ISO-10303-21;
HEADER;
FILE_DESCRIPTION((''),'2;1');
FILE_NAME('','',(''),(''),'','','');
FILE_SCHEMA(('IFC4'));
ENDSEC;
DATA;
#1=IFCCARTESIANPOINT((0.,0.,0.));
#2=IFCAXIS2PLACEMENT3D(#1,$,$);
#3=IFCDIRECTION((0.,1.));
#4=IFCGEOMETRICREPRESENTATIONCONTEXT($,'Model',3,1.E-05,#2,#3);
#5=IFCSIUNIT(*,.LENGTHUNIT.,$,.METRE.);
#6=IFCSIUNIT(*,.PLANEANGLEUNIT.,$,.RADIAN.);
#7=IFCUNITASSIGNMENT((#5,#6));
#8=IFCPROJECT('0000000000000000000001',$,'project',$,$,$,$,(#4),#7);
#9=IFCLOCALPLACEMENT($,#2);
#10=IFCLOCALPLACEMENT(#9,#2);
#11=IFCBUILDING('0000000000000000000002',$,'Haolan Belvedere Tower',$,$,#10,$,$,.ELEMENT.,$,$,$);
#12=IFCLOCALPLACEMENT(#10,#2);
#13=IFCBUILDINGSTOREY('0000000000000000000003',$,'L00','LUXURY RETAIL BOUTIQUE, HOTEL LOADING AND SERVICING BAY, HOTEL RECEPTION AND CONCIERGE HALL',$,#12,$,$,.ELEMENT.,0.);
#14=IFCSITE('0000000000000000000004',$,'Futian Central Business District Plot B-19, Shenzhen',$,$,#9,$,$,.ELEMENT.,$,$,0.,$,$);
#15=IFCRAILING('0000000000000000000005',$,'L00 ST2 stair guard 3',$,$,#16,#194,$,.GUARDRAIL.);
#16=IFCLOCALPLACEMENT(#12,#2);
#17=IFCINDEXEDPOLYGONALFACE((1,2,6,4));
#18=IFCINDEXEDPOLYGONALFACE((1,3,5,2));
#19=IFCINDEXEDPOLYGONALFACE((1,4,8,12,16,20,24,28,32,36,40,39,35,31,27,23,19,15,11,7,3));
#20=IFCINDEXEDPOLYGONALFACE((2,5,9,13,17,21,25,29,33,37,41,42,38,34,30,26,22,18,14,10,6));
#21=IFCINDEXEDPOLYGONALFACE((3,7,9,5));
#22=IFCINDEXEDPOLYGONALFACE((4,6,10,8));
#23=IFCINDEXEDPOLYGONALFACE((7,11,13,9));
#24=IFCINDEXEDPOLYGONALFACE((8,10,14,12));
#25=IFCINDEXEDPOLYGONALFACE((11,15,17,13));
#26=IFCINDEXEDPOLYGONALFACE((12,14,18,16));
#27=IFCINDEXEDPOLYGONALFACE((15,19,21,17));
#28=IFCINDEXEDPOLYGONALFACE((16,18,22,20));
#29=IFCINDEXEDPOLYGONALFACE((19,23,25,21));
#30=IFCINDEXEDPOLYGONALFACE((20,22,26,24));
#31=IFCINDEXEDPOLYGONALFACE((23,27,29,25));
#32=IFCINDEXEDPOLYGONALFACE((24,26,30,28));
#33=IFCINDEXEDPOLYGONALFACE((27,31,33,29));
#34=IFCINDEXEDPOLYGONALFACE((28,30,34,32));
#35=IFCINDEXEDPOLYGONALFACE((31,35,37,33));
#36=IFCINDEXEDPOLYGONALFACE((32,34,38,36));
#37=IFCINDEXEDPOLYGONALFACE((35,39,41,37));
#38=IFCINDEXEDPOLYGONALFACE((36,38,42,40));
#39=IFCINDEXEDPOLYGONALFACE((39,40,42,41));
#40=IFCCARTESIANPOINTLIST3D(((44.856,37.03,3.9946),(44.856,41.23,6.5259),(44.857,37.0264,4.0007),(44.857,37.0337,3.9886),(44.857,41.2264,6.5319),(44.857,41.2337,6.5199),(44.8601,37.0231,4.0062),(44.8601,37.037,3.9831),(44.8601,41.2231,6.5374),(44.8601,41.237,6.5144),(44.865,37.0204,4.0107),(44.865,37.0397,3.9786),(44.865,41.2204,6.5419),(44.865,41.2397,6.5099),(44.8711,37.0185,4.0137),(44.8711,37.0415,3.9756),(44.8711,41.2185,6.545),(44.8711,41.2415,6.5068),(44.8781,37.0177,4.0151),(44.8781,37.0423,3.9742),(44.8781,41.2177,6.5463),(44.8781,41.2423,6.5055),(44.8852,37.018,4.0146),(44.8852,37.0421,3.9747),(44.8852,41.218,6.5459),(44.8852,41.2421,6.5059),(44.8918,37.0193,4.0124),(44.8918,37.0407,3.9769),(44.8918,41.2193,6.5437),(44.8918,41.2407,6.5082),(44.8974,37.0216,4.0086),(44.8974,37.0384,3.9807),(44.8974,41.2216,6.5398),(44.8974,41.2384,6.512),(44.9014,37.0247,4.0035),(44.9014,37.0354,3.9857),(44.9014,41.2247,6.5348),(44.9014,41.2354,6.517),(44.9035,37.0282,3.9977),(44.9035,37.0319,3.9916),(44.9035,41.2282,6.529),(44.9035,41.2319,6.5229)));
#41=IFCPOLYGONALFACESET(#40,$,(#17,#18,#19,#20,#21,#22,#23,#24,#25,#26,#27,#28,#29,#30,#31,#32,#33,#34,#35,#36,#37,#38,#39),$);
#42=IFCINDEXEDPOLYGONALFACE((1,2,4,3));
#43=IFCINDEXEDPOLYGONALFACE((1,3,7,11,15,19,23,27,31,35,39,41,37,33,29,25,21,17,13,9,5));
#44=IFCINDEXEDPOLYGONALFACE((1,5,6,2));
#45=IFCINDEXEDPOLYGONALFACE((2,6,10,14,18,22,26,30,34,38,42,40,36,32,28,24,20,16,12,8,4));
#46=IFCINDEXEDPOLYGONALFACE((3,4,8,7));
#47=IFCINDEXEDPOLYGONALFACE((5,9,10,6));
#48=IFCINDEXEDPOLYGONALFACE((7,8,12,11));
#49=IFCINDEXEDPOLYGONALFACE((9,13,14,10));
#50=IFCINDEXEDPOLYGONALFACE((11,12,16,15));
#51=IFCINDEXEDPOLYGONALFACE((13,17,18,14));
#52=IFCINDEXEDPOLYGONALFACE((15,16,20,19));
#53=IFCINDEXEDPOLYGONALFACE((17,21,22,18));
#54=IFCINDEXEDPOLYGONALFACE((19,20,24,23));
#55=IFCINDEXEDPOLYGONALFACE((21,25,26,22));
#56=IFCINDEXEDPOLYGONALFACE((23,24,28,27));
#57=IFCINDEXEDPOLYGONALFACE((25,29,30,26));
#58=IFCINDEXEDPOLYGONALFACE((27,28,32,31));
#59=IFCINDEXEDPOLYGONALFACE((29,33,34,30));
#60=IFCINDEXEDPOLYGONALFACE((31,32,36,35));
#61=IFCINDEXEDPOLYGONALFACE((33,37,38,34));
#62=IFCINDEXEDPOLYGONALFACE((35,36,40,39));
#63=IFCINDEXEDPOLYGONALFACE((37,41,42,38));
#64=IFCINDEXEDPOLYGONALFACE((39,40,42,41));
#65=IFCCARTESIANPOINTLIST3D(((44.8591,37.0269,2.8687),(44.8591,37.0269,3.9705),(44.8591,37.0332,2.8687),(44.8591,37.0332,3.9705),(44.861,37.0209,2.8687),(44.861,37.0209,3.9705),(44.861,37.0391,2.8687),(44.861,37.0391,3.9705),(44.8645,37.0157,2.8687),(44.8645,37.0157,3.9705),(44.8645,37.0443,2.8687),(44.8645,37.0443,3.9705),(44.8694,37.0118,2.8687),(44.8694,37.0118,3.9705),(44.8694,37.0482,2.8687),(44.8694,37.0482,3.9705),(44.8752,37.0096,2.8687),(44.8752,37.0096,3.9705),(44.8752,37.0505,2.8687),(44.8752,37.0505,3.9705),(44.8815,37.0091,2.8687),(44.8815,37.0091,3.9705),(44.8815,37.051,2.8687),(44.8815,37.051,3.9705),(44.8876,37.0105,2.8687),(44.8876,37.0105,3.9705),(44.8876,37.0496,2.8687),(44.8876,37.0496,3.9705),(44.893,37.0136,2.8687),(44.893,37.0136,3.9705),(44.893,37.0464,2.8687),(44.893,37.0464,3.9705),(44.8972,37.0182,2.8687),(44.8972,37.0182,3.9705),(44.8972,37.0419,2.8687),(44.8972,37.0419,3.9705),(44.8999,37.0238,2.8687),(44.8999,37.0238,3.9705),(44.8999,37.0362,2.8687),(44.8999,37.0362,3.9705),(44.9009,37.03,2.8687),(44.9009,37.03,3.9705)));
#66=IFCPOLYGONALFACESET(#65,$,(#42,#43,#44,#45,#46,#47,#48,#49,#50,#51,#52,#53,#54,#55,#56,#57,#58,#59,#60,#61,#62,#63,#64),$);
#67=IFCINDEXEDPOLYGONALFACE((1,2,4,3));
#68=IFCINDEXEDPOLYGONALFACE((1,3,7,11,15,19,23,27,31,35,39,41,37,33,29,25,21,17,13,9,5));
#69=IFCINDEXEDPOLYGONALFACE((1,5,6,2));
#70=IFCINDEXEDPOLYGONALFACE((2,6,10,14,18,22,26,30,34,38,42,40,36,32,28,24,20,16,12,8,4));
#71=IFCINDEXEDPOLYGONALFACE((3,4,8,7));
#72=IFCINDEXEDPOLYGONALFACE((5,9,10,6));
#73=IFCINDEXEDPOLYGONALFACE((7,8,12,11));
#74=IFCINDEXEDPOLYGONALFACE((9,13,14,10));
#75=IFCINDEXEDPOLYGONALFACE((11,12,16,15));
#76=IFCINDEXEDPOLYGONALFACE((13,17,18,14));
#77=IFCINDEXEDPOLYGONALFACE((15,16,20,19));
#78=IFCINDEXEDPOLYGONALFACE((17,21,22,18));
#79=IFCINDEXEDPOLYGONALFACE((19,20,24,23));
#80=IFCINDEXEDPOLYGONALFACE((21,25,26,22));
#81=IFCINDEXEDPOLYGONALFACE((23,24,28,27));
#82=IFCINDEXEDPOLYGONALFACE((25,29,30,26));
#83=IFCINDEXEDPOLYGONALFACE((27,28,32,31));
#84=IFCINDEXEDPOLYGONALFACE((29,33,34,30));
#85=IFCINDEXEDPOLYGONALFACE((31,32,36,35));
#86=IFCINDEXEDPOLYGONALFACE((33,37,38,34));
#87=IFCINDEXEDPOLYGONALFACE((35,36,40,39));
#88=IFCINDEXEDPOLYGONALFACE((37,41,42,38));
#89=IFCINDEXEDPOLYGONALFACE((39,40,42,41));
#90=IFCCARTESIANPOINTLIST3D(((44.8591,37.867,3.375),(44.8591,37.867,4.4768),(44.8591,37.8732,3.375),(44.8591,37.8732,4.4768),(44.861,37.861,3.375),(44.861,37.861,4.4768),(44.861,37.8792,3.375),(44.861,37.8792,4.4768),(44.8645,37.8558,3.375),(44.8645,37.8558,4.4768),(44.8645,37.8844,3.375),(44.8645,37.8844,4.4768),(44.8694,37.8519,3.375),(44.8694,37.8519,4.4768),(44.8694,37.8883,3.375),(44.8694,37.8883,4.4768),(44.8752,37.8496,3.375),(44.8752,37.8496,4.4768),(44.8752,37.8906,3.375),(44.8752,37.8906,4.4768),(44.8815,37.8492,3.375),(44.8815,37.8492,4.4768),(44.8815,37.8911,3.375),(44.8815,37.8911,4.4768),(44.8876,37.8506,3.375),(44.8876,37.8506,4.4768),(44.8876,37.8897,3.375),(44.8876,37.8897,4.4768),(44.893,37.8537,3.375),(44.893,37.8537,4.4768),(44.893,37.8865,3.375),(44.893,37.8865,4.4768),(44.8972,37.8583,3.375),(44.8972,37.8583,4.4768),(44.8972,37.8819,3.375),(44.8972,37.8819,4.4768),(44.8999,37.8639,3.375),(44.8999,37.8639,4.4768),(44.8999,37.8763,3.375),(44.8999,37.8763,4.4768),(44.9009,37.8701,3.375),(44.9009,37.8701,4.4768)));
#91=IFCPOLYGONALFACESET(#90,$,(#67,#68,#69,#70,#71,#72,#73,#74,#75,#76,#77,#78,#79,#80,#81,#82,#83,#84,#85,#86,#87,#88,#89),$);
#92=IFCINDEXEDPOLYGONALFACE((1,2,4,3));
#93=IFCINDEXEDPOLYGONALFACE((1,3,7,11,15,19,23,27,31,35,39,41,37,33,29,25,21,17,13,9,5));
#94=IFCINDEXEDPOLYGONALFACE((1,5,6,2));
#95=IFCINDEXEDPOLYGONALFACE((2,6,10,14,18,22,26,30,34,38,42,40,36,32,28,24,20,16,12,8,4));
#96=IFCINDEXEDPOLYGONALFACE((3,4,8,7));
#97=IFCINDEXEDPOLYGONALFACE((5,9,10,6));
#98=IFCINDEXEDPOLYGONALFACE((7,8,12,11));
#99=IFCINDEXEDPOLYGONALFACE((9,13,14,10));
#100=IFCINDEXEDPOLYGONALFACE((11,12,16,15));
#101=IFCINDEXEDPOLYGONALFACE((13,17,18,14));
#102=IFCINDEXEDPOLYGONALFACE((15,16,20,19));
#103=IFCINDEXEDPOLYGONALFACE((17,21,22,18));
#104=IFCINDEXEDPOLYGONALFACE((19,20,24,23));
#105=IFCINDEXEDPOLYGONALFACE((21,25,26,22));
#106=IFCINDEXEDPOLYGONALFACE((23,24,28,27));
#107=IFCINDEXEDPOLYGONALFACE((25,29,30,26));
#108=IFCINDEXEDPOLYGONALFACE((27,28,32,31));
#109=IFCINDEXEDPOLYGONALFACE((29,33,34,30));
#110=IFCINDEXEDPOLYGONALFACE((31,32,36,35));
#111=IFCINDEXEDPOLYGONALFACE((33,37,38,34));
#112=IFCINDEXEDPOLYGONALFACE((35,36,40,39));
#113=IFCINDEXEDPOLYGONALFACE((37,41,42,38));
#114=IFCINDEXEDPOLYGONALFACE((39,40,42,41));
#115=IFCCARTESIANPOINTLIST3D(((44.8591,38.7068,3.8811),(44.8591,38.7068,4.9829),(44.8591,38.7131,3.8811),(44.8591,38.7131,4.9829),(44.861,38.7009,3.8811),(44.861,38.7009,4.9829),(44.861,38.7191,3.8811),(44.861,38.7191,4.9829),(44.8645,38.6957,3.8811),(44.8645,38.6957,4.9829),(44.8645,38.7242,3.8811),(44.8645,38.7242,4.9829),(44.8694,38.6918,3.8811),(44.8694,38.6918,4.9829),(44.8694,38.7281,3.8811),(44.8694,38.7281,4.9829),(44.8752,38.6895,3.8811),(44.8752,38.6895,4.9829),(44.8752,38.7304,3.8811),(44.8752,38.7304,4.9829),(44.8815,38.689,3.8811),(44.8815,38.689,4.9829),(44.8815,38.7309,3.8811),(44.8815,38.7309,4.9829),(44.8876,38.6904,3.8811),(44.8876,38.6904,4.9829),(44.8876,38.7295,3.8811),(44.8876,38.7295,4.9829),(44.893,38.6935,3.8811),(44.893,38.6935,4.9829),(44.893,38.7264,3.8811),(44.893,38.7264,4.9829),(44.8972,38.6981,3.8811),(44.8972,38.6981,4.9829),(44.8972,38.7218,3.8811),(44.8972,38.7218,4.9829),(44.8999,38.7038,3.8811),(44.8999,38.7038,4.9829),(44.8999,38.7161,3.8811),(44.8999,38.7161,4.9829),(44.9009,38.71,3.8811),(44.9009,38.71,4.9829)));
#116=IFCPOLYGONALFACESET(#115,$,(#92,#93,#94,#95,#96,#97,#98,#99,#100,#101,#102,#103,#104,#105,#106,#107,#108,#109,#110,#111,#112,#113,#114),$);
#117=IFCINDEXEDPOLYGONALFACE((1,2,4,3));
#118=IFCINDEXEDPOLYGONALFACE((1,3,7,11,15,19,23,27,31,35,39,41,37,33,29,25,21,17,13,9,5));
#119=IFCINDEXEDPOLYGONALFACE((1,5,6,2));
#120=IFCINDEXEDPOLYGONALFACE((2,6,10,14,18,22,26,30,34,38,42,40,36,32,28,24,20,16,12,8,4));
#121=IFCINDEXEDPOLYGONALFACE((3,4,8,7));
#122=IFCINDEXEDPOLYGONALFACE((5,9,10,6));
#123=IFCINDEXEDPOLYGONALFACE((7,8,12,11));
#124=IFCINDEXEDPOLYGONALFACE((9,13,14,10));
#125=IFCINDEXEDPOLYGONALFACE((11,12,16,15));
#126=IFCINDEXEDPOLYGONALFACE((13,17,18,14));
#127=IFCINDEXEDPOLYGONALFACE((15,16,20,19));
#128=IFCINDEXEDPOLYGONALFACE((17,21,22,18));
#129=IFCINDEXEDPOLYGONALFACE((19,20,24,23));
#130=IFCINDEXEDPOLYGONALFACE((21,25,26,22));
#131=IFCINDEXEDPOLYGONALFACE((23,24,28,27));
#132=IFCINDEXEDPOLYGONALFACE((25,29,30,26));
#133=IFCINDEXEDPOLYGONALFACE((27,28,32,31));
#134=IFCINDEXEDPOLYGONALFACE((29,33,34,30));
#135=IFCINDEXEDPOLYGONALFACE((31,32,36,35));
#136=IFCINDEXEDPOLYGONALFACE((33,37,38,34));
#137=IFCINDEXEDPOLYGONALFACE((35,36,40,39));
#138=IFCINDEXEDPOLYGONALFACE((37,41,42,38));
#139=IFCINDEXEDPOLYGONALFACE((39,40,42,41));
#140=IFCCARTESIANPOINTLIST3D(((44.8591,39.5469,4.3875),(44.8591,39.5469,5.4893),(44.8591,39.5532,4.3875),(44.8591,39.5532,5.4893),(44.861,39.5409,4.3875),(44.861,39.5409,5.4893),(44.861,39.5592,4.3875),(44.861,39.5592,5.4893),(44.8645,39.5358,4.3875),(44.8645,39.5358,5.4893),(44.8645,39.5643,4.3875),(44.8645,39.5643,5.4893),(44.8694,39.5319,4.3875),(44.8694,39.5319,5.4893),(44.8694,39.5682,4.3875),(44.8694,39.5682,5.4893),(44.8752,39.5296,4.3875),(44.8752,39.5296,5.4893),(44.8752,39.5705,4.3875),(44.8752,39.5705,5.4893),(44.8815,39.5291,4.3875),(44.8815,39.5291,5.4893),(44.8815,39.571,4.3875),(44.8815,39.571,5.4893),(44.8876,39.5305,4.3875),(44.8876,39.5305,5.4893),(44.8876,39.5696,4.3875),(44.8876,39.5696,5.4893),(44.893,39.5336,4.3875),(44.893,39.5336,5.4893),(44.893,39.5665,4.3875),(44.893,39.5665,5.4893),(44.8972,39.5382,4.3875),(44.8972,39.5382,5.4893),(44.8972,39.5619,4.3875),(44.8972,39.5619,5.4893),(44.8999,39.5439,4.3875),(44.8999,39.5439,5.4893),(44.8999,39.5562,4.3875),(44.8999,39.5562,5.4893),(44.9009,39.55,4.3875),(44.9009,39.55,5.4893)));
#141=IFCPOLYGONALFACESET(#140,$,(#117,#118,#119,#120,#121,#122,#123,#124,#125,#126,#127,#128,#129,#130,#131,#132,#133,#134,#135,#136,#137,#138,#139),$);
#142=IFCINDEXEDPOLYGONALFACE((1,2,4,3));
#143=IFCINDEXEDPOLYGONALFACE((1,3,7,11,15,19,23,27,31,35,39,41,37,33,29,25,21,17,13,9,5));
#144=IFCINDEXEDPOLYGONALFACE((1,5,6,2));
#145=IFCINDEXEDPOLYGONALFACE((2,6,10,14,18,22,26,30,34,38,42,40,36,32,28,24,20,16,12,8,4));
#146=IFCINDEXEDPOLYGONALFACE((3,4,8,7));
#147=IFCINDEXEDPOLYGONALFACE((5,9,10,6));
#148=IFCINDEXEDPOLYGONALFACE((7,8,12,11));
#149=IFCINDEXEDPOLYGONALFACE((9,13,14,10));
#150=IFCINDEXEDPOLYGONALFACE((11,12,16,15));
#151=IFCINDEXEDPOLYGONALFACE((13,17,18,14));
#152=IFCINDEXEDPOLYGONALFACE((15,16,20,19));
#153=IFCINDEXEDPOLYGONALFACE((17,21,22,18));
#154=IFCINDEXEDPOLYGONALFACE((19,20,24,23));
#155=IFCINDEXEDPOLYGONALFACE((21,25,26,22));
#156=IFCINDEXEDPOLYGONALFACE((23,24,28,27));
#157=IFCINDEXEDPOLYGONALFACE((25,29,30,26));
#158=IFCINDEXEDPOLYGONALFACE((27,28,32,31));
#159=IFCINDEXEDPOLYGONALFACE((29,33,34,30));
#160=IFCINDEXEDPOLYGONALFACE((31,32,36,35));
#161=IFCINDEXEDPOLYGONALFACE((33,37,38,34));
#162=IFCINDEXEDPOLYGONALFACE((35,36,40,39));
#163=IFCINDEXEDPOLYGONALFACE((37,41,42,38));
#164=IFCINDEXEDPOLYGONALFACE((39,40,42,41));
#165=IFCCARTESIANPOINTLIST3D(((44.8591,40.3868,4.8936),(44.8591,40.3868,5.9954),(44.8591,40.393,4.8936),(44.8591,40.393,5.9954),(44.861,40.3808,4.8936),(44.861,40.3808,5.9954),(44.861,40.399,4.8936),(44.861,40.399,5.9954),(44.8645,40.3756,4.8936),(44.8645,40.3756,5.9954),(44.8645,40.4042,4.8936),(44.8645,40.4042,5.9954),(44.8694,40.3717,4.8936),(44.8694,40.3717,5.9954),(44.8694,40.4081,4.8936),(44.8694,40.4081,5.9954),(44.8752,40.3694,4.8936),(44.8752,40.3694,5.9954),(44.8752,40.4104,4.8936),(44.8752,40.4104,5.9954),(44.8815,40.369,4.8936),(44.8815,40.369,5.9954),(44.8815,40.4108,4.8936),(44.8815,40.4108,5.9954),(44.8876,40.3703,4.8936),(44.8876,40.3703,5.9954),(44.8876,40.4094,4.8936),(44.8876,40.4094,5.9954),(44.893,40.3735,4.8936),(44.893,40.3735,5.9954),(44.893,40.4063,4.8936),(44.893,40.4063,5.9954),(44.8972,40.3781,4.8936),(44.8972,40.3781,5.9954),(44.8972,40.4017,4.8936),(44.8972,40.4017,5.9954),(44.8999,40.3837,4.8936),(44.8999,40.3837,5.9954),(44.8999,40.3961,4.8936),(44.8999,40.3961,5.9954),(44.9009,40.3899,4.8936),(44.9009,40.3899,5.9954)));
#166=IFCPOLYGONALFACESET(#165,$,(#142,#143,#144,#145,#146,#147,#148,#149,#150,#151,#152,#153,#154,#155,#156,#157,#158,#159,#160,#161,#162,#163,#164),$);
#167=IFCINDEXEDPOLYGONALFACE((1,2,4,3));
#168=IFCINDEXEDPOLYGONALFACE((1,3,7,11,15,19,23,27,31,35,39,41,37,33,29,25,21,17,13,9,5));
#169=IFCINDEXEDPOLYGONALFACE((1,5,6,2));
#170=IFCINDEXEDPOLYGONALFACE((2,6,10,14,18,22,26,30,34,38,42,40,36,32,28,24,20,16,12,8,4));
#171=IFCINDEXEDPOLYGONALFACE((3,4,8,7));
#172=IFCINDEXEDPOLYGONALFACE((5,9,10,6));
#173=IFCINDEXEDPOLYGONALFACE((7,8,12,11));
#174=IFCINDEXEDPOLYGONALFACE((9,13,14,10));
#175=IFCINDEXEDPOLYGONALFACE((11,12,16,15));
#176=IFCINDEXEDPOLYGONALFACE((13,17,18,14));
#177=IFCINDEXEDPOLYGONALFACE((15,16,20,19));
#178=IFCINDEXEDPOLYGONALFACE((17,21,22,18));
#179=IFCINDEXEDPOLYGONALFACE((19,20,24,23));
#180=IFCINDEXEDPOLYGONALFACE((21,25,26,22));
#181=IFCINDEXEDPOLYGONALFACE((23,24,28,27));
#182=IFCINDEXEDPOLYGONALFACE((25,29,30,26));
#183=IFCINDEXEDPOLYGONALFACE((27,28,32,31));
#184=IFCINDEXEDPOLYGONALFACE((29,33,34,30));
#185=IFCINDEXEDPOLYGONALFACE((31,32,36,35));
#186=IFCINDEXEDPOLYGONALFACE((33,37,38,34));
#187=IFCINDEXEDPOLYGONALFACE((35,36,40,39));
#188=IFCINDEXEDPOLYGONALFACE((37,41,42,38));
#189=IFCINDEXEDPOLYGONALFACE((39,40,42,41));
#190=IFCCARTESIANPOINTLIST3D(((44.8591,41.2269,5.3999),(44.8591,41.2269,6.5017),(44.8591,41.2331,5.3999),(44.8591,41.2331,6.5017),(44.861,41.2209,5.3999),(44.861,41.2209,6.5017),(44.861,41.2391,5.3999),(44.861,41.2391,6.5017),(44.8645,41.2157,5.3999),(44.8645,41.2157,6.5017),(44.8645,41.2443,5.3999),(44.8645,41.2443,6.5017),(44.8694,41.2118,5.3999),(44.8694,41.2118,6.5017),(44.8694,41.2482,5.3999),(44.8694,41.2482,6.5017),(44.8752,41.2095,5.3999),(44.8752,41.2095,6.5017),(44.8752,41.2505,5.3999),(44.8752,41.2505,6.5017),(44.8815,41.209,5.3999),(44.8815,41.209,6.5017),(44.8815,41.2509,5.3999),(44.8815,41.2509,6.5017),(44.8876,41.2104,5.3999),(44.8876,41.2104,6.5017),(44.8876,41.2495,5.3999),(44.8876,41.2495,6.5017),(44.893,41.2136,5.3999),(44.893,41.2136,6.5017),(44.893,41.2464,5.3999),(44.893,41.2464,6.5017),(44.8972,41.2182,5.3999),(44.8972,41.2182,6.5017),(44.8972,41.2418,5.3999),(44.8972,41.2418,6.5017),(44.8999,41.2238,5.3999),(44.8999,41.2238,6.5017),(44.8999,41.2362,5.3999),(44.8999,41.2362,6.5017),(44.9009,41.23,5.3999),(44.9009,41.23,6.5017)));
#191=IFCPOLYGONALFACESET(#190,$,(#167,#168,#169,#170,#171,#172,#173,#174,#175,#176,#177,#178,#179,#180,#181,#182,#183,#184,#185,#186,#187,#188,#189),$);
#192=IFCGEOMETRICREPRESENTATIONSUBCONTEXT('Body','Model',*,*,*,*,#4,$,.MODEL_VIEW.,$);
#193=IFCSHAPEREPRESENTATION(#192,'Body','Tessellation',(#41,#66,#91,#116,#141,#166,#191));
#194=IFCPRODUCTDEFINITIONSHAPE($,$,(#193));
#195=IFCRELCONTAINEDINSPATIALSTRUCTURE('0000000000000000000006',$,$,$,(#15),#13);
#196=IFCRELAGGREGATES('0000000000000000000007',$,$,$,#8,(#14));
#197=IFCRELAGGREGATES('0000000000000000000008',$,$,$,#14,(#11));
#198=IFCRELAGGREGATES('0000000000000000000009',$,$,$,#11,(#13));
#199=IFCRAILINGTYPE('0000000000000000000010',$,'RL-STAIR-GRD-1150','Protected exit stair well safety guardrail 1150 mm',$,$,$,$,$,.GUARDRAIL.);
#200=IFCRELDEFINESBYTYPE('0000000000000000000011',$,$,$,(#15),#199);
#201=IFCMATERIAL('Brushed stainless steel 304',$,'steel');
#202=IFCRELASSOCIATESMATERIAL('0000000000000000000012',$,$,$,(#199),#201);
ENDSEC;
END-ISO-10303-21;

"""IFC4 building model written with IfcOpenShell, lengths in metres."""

from ifc_helpers import new_model, si_unit, direction, frame, origin, origin_2d, place, context, subcontext, project, spatial, circle, extrude, material, type_object, element, save


model = new_model("IFC4")

# Units and contexts
model_context = context("Model", 3, precision=1e-05, world=origin(), true_north=direction((0.0, 1.0)))
body_context = subcontext(model_context, "Body", "Model", "MODEL_VIEW")
ifc_project = project(units=[si_unit("LENGTHUNIT", "METRE"), si_unit("PLANEANGLEUNIT", "RADIAN")], contexts=[model_context])

# Site, building, storey
site_placement = place(None, origin())
site = spatial("IfcSite", under=ifc_project, at=site_placement, Name="Futian Central Business District Plot B-19, Shenzhen", CompositionType="ELEMENT", RefElevation=0.0)
building_placement = place(site_placement, origin())
building = spatial("IfcBuilding", under=site, at=building_placement, Name="Haolan Belvedere Tower", CompositionType="ELEMENT")
storey_placement = place(building_placement, origin())
storey = spatial("IfcBuildingStorey", under=building, at=storey_placement, Name="L00", Description="LUXURY RETAIL BOUTIQUE, HOTEL LOADING AND SERVICING BAY, HOTEL RECEPTION AND CONCIERGE HALL", CompositionType="ELEMENT", Elevation=0.0)

# Railing
ifc_material_1 = material(Name="Brushed stainless steel 304", Category="steel")
railing_type_1 = type_object("IfcRailingType", Name="RL-STAIR-GRD-1150", Description="Protected exit stair well safety guardrail 1150 mm", PredefinedType="GUARDRAIL", material=ifc_material_1)
railing_1_placement = place(storey_placement, frame((44.8799, 37.03, 2.8687)))
element("IfcRailing", 1, at=railing_1_placement, inside=storey, type_object=railing_type_1, Name="L00 ST2 stair guard 3", PredefinedType="GUARDRAIL", context=body_context, shape_type="SweptSolid", body=[
    extrude(circle(Radius=0.0239, at=origin_2d()), frame((0.0, 0.0, 1.126), z_axis=(0.0, 0.856476, 0.516186), x_axis=(-1.0, 0.0, 0.0)), (0.0, 0.0, 1.0), 4.9038),
    extrude(circle(Radius=0.021, at=origin_2d()), origin(), (0.0, 0.0, 1.0), 1.1018),
    extrude(circle(Radius=0.021, at=origin_2d()), frame((0.0, 0.8401, 0.5063)), (0.0, 0.0, 1.0), 1.1018),
    extrude(circle(Radius=0.021, at=origin_2d()), frame((0.0, 1.6799, 1.0125)), (0.0, 0.0, 1.0), 1.1018),
    extrude(circle(Radius=0.021, at=origin_2d()), frame((0.0, 2.52, 1.5188)), (0.0, 0.0, 1.0), 1.1018),
    extrude(circle(Radius=0.021, at=origin_2d()), frame((0.0, 3.3599, 2.0249)), (0.0, 0.0, 1.0), 1.1018),
    extrude(circle(Radius=0.021, at=origin_2d()), frame((0.0, 4.2, 2.5312)), (0.0, 0.0, 1.0), 1.1018),
])

save(model, "model.ifc")
